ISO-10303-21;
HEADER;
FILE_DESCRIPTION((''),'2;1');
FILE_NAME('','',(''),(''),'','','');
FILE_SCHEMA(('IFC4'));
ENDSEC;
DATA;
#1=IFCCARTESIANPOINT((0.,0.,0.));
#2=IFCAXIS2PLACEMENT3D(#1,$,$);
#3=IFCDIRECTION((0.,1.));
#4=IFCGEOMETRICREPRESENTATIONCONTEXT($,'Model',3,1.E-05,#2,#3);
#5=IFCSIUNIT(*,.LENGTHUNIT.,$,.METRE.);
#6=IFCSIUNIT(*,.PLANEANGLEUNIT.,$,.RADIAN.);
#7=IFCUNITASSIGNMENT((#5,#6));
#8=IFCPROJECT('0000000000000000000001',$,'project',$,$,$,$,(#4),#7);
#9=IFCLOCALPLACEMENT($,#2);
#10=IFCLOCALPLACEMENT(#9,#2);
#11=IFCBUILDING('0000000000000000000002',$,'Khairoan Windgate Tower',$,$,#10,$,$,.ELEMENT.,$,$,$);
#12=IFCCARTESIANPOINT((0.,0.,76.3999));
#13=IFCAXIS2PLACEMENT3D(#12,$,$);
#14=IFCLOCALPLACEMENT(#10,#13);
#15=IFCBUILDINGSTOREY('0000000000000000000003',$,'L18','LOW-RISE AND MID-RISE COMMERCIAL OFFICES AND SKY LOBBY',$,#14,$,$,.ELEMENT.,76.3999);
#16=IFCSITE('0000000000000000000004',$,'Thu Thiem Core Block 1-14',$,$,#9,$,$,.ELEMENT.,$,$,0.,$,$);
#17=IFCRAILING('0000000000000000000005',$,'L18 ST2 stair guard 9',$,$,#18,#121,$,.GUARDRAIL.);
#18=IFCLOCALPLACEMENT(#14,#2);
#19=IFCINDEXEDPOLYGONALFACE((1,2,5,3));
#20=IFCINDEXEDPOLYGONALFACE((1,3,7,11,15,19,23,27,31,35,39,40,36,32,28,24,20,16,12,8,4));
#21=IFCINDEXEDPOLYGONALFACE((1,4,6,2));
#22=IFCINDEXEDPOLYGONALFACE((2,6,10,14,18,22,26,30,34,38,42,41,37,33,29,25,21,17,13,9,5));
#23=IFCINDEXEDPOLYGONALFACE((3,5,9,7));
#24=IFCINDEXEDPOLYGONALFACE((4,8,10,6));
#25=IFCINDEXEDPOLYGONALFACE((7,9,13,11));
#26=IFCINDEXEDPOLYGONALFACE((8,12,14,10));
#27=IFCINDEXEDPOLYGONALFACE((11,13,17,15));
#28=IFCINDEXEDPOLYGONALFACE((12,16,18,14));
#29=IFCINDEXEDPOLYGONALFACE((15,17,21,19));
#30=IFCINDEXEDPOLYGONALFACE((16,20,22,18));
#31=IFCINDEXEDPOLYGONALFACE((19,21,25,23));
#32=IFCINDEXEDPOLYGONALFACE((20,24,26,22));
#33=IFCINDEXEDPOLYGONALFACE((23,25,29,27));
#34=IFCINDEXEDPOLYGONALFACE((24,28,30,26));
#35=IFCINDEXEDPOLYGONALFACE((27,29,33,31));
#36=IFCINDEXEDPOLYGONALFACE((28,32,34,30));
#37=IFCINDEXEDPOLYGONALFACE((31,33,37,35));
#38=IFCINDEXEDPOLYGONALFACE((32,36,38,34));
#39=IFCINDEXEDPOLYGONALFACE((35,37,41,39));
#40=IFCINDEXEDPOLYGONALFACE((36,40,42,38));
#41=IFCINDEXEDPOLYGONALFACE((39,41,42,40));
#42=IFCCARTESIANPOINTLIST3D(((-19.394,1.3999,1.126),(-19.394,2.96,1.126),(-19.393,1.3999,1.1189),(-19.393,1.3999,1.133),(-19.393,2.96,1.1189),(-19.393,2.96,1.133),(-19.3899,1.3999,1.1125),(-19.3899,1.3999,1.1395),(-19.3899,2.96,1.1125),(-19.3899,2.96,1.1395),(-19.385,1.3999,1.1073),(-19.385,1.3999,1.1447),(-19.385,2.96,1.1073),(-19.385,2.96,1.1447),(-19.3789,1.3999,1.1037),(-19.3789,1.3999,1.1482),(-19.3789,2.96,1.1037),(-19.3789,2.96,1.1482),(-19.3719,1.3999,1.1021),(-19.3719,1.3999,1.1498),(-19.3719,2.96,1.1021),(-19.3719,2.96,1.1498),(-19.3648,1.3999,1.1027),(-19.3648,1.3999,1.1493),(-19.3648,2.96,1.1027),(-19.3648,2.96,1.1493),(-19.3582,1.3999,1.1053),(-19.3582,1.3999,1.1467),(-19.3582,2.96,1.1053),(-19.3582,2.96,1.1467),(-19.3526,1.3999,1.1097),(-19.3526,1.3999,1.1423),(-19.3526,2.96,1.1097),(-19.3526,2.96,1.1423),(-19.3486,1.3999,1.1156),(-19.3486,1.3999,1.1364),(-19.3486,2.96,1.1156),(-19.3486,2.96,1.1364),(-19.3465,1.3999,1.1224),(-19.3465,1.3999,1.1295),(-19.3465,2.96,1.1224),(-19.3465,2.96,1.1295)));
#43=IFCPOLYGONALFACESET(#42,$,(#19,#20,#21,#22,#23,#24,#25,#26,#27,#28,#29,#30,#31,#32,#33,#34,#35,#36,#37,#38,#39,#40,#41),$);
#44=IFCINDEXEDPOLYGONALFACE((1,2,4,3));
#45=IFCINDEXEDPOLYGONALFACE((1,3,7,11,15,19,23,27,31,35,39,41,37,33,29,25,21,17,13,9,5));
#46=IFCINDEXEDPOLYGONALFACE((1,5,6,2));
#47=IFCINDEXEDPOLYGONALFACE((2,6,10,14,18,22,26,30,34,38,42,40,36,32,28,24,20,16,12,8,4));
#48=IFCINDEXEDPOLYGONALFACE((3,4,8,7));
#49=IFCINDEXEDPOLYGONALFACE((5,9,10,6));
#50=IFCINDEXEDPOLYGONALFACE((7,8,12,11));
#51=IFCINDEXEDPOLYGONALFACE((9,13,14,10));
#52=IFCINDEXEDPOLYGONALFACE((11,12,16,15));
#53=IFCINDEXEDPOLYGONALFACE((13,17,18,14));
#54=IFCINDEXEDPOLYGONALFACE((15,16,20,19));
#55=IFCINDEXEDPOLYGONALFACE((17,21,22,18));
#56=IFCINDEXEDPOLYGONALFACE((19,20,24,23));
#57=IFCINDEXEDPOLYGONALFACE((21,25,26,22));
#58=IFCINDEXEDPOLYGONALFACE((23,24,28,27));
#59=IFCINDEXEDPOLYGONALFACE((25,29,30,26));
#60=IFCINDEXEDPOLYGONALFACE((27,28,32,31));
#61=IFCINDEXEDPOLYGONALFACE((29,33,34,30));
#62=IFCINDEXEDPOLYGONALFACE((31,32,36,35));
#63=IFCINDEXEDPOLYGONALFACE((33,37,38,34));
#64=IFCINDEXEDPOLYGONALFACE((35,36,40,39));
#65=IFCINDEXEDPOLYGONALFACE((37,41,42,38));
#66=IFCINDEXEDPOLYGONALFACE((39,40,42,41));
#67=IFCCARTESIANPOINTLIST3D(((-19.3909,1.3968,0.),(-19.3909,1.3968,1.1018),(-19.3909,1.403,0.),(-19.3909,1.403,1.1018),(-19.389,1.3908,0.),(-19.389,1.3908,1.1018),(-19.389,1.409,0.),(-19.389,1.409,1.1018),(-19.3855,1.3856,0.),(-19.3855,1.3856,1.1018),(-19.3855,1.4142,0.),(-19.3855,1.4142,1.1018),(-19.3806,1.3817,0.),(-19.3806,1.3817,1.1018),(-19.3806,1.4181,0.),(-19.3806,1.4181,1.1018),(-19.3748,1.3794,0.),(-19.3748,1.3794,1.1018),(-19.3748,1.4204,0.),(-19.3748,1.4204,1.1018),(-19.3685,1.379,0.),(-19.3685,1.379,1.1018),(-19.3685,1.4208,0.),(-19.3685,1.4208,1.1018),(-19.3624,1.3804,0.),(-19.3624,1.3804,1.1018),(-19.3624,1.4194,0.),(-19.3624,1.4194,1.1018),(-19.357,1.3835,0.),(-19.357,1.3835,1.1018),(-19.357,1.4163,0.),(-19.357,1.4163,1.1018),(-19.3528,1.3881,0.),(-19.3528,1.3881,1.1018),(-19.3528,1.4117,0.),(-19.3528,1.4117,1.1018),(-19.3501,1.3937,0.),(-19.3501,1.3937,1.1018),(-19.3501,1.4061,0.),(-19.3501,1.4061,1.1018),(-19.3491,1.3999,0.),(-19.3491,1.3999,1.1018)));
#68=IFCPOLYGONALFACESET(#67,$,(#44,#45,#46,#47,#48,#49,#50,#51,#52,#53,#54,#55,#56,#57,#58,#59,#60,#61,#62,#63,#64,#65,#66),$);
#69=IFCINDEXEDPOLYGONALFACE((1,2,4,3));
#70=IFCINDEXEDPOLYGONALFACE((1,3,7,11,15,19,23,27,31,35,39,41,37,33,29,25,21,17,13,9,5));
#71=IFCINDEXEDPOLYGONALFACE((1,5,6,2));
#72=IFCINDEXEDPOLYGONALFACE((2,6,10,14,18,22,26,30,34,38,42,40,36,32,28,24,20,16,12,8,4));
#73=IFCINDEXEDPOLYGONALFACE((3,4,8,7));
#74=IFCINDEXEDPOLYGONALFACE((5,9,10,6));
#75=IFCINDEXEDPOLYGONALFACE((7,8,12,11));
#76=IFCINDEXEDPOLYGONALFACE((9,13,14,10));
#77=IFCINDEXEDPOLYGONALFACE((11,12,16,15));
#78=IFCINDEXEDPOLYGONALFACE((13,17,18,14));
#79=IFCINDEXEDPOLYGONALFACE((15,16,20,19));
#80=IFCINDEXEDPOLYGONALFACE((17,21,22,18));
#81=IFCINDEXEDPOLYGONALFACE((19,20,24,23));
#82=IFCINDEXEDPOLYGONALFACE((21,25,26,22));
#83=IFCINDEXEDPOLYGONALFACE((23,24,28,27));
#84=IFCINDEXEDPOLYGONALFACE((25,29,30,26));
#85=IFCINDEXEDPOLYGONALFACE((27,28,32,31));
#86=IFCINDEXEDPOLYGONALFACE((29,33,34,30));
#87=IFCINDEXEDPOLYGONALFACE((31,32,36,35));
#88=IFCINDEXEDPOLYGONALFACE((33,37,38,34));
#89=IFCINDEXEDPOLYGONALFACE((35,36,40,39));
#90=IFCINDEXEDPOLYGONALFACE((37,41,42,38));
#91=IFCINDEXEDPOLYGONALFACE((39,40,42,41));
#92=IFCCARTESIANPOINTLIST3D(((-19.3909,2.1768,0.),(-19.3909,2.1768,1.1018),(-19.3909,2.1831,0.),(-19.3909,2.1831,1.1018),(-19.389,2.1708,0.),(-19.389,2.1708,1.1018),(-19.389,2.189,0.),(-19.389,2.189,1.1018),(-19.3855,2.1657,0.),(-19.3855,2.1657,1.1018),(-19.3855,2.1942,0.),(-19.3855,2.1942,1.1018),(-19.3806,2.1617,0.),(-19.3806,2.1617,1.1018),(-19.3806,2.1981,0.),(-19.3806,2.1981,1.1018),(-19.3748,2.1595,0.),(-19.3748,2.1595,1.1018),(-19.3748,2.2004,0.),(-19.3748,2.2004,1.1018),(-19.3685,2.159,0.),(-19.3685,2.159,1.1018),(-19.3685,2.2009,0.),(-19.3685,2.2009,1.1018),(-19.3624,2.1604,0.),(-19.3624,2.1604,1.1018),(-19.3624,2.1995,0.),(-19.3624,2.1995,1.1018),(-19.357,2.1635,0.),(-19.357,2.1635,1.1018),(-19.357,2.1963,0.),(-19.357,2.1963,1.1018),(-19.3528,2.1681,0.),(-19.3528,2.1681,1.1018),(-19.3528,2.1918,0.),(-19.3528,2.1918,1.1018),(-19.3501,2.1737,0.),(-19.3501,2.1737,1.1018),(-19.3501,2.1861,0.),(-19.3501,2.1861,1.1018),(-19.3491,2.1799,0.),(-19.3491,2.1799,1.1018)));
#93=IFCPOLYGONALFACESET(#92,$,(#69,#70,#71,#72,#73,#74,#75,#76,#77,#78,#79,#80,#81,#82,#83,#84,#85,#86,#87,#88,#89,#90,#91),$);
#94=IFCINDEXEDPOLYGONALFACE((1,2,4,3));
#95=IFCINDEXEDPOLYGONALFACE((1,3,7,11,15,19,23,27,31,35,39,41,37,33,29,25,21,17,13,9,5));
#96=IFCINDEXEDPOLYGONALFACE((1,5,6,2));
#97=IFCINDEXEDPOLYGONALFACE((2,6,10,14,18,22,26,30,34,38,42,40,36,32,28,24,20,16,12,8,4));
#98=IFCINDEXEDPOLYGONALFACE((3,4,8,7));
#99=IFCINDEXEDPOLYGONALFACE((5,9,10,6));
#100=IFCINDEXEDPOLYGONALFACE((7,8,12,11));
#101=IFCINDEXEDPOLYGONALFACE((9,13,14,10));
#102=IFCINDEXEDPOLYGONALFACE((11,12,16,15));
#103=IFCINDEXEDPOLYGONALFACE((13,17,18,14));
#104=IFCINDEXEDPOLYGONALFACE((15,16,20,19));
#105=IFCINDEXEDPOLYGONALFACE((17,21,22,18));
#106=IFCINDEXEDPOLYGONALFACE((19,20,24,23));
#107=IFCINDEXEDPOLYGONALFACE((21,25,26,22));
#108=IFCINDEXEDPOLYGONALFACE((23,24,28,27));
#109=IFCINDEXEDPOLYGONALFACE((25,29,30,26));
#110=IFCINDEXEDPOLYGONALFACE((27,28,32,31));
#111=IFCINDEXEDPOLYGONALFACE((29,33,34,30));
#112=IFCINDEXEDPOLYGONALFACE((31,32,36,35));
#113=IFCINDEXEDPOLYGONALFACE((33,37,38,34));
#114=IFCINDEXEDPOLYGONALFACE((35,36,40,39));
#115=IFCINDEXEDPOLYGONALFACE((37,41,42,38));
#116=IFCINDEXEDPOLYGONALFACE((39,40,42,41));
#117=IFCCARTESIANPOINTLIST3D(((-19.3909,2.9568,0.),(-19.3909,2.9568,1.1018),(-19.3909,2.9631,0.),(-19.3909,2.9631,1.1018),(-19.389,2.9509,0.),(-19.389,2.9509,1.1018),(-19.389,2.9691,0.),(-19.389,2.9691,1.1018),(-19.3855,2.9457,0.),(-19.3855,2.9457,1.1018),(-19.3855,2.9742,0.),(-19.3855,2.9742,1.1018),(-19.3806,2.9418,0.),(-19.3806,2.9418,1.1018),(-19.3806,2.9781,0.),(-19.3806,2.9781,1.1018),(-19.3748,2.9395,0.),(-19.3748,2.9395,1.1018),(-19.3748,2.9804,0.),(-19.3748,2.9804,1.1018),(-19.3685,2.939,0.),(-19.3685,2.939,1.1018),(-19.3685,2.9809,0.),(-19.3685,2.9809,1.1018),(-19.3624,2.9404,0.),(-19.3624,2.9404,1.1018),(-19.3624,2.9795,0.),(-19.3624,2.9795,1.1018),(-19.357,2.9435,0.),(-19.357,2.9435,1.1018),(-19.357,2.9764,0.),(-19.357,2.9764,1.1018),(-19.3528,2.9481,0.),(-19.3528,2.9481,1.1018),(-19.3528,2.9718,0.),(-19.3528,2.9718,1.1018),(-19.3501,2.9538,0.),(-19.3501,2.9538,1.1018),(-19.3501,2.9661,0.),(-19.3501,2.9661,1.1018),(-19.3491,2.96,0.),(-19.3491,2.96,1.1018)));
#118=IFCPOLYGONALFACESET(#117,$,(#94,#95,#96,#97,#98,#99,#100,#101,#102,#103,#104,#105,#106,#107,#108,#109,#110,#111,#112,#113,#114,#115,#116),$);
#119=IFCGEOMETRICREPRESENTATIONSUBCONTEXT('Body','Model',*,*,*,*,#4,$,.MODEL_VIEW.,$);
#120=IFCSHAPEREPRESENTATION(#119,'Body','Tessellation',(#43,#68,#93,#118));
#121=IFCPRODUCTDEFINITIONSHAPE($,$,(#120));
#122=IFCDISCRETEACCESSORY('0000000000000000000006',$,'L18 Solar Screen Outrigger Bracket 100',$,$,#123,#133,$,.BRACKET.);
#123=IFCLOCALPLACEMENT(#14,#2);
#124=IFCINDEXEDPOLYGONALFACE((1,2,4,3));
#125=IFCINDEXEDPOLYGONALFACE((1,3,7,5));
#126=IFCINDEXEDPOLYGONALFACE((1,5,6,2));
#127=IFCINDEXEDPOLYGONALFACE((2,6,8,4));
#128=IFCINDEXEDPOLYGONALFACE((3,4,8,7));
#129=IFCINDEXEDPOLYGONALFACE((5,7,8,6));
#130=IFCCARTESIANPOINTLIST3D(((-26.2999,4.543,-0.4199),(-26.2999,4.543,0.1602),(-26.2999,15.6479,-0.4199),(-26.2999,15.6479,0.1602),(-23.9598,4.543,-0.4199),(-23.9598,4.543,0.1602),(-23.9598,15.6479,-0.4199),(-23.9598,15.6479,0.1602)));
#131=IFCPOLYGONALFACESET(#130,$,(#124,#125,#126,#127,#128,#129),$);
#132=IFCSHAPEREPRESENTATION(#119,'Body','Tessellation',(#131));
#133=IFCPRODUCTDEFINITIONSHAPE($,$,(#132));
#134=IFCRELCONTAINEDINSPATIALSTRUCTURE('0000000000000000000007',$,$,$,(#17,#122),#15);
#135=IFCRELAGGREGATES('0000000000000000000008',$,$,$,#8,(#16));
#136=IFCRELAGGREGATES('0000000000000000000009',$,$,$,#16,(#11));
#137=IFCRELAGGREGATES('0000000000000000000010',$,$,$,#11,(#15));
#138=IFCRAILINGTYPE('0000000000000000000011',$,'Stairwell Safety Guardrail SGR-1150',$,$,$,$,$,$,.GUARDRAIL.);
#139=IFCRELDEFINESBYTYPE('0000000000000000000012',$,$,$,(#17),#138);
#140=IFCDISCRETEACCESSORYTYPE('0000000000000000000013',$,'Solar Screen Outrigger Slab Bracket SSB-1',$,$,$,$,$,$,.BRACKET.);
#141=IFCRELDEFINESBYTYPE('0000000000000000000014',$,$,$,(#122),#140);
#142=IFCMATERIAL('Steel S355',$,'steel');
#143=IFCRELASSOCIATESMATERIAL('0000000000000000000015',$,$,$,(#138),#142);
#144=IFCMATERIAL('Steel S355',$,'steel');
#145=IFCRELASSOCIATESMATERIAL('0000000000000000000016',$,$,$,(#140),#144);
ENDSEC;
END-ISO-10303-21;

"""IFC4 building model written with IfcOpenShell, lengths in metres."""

from ifc_helpers import new_model, si_unit, direction, frame, origin, origin_2d, place, context, subcontext, project, spatial, rectangle, circle, extrude, material, type_object, element, save


model = new_model("IFC4")

# Units and contexts
model_context = context("Model", 3, precision=1e-05, world=origin(), true_north=direction((0.0, 1.0)))
body_context = subcontext(model_context, "Body", "Model", "MODEL_VIEW")
ifc_project = project(units=[si_unit("LENGTHUNIT", "METRE"), si_unit("PLANEANGLEUNIT", "RADIAN")], contexts=[model_context])

# Site, building, storey
site_placement = place(None, origin())
site = spatial("IfcSite", under=ifc_project, at=site_placement, Name="Thu Thiem Core Block 1-14", CompositionType="ELEMENT", RefElevation=0.0)
building_placement = place(site_placement, origin())
building = spatial("IfcBuilding", under=site, at=building_placement, Name="Khairoan Windgate Tower", CompositionType="ELEMENT")
storey_placement = place(building_placement, frame((0.0, 0.0, 76.3999)))
storey = spatial("IfcBuildingStorey", under=building, at=storey_placement, Name="L18", Description="LOW-RISE AND MID-RISE COMMERCIAL OFFICES AND SKY LOBBY", CompositionType="ELEMENT", Elevation=76.3999)

# Railing
ifc_material_1 = material(Name="Steel S355", Category="steel")
railing_type_1 = type_object("IfcRailingType", Name="Stairwell Safety Guardrail SGR-1150", PredefinedType="GUARDRAIL", material=ifc_material_1)
for number, where, name in (
    (1, (-19.3701, 1.3999, 0.0), "L18 ST2 stair guard 9"),
):
    element("IfcRailing", number, at=place(storey_placement, frame(where)), inside=storey, type_object=railing_type_1, Name=name, PredefinedType="GUARDRAIL", context=body_context, shape_type="SweptSolid", body=[
        extrude(circle(Radius=0.0239, at=origin_2d()), frame((0.0, 0.0, 1.126), z_axis=(0.0, 1.0, 0.0), x_axis=(-1.0, 0.0, 0.0)), (0.0, 0.0, 1.0), 1.5601),
        extrude(circle(Radius=0.021, at=origin_2d()), origin(), (0.0, 0.0, 1.0), 1.1018),
        extrude(circle(Radius=0.021, at=origin_2d()), frame((0.0, 0.78, 0.0)), (0.0, 0.0, 1.0), 1.1018),
        extrude(circle(Radius=0.021, at=origin_2d()), frame((0.0, 1.5601, 0.0)), (0.0, 0.0, 1.0), 1.1018),
    ])

# Discrete accessory
ifc_material_2 = material(Name="Steel S355", Category="steel")
discrete_accessory_type = type_object("IfcDiscreteAccessoryType", Name="Solar Screen Outrigger Slab Bracket SSB-1", PredefinedType="BRACKET", material=ifc_material_2)
discrete_accessory_placement = place(storey_placement, frame((-25.1299, 10.0955, -0.4199), z_axis=(0.0, 0.0, 1.0), x_axis=(0.0, 1.0, 0.0)))
element("IfcDiscreteAccessory", 2, at=discrete_accessory_placement, inside=storey, type_object=discrete_accessory_type, Name="L18 Solar Screen Outrigger Bracket 100", PredefinedType="BRACKET", context=body_context, shape_type="SweptSolid", body=[
    extrude(rectangle(XDim=11.105, YDim=2.3401, at=origin_2d()), origin(), (0.0, 0.0, 1.0), 0.5801),
])

save(model, "model.ifc")
